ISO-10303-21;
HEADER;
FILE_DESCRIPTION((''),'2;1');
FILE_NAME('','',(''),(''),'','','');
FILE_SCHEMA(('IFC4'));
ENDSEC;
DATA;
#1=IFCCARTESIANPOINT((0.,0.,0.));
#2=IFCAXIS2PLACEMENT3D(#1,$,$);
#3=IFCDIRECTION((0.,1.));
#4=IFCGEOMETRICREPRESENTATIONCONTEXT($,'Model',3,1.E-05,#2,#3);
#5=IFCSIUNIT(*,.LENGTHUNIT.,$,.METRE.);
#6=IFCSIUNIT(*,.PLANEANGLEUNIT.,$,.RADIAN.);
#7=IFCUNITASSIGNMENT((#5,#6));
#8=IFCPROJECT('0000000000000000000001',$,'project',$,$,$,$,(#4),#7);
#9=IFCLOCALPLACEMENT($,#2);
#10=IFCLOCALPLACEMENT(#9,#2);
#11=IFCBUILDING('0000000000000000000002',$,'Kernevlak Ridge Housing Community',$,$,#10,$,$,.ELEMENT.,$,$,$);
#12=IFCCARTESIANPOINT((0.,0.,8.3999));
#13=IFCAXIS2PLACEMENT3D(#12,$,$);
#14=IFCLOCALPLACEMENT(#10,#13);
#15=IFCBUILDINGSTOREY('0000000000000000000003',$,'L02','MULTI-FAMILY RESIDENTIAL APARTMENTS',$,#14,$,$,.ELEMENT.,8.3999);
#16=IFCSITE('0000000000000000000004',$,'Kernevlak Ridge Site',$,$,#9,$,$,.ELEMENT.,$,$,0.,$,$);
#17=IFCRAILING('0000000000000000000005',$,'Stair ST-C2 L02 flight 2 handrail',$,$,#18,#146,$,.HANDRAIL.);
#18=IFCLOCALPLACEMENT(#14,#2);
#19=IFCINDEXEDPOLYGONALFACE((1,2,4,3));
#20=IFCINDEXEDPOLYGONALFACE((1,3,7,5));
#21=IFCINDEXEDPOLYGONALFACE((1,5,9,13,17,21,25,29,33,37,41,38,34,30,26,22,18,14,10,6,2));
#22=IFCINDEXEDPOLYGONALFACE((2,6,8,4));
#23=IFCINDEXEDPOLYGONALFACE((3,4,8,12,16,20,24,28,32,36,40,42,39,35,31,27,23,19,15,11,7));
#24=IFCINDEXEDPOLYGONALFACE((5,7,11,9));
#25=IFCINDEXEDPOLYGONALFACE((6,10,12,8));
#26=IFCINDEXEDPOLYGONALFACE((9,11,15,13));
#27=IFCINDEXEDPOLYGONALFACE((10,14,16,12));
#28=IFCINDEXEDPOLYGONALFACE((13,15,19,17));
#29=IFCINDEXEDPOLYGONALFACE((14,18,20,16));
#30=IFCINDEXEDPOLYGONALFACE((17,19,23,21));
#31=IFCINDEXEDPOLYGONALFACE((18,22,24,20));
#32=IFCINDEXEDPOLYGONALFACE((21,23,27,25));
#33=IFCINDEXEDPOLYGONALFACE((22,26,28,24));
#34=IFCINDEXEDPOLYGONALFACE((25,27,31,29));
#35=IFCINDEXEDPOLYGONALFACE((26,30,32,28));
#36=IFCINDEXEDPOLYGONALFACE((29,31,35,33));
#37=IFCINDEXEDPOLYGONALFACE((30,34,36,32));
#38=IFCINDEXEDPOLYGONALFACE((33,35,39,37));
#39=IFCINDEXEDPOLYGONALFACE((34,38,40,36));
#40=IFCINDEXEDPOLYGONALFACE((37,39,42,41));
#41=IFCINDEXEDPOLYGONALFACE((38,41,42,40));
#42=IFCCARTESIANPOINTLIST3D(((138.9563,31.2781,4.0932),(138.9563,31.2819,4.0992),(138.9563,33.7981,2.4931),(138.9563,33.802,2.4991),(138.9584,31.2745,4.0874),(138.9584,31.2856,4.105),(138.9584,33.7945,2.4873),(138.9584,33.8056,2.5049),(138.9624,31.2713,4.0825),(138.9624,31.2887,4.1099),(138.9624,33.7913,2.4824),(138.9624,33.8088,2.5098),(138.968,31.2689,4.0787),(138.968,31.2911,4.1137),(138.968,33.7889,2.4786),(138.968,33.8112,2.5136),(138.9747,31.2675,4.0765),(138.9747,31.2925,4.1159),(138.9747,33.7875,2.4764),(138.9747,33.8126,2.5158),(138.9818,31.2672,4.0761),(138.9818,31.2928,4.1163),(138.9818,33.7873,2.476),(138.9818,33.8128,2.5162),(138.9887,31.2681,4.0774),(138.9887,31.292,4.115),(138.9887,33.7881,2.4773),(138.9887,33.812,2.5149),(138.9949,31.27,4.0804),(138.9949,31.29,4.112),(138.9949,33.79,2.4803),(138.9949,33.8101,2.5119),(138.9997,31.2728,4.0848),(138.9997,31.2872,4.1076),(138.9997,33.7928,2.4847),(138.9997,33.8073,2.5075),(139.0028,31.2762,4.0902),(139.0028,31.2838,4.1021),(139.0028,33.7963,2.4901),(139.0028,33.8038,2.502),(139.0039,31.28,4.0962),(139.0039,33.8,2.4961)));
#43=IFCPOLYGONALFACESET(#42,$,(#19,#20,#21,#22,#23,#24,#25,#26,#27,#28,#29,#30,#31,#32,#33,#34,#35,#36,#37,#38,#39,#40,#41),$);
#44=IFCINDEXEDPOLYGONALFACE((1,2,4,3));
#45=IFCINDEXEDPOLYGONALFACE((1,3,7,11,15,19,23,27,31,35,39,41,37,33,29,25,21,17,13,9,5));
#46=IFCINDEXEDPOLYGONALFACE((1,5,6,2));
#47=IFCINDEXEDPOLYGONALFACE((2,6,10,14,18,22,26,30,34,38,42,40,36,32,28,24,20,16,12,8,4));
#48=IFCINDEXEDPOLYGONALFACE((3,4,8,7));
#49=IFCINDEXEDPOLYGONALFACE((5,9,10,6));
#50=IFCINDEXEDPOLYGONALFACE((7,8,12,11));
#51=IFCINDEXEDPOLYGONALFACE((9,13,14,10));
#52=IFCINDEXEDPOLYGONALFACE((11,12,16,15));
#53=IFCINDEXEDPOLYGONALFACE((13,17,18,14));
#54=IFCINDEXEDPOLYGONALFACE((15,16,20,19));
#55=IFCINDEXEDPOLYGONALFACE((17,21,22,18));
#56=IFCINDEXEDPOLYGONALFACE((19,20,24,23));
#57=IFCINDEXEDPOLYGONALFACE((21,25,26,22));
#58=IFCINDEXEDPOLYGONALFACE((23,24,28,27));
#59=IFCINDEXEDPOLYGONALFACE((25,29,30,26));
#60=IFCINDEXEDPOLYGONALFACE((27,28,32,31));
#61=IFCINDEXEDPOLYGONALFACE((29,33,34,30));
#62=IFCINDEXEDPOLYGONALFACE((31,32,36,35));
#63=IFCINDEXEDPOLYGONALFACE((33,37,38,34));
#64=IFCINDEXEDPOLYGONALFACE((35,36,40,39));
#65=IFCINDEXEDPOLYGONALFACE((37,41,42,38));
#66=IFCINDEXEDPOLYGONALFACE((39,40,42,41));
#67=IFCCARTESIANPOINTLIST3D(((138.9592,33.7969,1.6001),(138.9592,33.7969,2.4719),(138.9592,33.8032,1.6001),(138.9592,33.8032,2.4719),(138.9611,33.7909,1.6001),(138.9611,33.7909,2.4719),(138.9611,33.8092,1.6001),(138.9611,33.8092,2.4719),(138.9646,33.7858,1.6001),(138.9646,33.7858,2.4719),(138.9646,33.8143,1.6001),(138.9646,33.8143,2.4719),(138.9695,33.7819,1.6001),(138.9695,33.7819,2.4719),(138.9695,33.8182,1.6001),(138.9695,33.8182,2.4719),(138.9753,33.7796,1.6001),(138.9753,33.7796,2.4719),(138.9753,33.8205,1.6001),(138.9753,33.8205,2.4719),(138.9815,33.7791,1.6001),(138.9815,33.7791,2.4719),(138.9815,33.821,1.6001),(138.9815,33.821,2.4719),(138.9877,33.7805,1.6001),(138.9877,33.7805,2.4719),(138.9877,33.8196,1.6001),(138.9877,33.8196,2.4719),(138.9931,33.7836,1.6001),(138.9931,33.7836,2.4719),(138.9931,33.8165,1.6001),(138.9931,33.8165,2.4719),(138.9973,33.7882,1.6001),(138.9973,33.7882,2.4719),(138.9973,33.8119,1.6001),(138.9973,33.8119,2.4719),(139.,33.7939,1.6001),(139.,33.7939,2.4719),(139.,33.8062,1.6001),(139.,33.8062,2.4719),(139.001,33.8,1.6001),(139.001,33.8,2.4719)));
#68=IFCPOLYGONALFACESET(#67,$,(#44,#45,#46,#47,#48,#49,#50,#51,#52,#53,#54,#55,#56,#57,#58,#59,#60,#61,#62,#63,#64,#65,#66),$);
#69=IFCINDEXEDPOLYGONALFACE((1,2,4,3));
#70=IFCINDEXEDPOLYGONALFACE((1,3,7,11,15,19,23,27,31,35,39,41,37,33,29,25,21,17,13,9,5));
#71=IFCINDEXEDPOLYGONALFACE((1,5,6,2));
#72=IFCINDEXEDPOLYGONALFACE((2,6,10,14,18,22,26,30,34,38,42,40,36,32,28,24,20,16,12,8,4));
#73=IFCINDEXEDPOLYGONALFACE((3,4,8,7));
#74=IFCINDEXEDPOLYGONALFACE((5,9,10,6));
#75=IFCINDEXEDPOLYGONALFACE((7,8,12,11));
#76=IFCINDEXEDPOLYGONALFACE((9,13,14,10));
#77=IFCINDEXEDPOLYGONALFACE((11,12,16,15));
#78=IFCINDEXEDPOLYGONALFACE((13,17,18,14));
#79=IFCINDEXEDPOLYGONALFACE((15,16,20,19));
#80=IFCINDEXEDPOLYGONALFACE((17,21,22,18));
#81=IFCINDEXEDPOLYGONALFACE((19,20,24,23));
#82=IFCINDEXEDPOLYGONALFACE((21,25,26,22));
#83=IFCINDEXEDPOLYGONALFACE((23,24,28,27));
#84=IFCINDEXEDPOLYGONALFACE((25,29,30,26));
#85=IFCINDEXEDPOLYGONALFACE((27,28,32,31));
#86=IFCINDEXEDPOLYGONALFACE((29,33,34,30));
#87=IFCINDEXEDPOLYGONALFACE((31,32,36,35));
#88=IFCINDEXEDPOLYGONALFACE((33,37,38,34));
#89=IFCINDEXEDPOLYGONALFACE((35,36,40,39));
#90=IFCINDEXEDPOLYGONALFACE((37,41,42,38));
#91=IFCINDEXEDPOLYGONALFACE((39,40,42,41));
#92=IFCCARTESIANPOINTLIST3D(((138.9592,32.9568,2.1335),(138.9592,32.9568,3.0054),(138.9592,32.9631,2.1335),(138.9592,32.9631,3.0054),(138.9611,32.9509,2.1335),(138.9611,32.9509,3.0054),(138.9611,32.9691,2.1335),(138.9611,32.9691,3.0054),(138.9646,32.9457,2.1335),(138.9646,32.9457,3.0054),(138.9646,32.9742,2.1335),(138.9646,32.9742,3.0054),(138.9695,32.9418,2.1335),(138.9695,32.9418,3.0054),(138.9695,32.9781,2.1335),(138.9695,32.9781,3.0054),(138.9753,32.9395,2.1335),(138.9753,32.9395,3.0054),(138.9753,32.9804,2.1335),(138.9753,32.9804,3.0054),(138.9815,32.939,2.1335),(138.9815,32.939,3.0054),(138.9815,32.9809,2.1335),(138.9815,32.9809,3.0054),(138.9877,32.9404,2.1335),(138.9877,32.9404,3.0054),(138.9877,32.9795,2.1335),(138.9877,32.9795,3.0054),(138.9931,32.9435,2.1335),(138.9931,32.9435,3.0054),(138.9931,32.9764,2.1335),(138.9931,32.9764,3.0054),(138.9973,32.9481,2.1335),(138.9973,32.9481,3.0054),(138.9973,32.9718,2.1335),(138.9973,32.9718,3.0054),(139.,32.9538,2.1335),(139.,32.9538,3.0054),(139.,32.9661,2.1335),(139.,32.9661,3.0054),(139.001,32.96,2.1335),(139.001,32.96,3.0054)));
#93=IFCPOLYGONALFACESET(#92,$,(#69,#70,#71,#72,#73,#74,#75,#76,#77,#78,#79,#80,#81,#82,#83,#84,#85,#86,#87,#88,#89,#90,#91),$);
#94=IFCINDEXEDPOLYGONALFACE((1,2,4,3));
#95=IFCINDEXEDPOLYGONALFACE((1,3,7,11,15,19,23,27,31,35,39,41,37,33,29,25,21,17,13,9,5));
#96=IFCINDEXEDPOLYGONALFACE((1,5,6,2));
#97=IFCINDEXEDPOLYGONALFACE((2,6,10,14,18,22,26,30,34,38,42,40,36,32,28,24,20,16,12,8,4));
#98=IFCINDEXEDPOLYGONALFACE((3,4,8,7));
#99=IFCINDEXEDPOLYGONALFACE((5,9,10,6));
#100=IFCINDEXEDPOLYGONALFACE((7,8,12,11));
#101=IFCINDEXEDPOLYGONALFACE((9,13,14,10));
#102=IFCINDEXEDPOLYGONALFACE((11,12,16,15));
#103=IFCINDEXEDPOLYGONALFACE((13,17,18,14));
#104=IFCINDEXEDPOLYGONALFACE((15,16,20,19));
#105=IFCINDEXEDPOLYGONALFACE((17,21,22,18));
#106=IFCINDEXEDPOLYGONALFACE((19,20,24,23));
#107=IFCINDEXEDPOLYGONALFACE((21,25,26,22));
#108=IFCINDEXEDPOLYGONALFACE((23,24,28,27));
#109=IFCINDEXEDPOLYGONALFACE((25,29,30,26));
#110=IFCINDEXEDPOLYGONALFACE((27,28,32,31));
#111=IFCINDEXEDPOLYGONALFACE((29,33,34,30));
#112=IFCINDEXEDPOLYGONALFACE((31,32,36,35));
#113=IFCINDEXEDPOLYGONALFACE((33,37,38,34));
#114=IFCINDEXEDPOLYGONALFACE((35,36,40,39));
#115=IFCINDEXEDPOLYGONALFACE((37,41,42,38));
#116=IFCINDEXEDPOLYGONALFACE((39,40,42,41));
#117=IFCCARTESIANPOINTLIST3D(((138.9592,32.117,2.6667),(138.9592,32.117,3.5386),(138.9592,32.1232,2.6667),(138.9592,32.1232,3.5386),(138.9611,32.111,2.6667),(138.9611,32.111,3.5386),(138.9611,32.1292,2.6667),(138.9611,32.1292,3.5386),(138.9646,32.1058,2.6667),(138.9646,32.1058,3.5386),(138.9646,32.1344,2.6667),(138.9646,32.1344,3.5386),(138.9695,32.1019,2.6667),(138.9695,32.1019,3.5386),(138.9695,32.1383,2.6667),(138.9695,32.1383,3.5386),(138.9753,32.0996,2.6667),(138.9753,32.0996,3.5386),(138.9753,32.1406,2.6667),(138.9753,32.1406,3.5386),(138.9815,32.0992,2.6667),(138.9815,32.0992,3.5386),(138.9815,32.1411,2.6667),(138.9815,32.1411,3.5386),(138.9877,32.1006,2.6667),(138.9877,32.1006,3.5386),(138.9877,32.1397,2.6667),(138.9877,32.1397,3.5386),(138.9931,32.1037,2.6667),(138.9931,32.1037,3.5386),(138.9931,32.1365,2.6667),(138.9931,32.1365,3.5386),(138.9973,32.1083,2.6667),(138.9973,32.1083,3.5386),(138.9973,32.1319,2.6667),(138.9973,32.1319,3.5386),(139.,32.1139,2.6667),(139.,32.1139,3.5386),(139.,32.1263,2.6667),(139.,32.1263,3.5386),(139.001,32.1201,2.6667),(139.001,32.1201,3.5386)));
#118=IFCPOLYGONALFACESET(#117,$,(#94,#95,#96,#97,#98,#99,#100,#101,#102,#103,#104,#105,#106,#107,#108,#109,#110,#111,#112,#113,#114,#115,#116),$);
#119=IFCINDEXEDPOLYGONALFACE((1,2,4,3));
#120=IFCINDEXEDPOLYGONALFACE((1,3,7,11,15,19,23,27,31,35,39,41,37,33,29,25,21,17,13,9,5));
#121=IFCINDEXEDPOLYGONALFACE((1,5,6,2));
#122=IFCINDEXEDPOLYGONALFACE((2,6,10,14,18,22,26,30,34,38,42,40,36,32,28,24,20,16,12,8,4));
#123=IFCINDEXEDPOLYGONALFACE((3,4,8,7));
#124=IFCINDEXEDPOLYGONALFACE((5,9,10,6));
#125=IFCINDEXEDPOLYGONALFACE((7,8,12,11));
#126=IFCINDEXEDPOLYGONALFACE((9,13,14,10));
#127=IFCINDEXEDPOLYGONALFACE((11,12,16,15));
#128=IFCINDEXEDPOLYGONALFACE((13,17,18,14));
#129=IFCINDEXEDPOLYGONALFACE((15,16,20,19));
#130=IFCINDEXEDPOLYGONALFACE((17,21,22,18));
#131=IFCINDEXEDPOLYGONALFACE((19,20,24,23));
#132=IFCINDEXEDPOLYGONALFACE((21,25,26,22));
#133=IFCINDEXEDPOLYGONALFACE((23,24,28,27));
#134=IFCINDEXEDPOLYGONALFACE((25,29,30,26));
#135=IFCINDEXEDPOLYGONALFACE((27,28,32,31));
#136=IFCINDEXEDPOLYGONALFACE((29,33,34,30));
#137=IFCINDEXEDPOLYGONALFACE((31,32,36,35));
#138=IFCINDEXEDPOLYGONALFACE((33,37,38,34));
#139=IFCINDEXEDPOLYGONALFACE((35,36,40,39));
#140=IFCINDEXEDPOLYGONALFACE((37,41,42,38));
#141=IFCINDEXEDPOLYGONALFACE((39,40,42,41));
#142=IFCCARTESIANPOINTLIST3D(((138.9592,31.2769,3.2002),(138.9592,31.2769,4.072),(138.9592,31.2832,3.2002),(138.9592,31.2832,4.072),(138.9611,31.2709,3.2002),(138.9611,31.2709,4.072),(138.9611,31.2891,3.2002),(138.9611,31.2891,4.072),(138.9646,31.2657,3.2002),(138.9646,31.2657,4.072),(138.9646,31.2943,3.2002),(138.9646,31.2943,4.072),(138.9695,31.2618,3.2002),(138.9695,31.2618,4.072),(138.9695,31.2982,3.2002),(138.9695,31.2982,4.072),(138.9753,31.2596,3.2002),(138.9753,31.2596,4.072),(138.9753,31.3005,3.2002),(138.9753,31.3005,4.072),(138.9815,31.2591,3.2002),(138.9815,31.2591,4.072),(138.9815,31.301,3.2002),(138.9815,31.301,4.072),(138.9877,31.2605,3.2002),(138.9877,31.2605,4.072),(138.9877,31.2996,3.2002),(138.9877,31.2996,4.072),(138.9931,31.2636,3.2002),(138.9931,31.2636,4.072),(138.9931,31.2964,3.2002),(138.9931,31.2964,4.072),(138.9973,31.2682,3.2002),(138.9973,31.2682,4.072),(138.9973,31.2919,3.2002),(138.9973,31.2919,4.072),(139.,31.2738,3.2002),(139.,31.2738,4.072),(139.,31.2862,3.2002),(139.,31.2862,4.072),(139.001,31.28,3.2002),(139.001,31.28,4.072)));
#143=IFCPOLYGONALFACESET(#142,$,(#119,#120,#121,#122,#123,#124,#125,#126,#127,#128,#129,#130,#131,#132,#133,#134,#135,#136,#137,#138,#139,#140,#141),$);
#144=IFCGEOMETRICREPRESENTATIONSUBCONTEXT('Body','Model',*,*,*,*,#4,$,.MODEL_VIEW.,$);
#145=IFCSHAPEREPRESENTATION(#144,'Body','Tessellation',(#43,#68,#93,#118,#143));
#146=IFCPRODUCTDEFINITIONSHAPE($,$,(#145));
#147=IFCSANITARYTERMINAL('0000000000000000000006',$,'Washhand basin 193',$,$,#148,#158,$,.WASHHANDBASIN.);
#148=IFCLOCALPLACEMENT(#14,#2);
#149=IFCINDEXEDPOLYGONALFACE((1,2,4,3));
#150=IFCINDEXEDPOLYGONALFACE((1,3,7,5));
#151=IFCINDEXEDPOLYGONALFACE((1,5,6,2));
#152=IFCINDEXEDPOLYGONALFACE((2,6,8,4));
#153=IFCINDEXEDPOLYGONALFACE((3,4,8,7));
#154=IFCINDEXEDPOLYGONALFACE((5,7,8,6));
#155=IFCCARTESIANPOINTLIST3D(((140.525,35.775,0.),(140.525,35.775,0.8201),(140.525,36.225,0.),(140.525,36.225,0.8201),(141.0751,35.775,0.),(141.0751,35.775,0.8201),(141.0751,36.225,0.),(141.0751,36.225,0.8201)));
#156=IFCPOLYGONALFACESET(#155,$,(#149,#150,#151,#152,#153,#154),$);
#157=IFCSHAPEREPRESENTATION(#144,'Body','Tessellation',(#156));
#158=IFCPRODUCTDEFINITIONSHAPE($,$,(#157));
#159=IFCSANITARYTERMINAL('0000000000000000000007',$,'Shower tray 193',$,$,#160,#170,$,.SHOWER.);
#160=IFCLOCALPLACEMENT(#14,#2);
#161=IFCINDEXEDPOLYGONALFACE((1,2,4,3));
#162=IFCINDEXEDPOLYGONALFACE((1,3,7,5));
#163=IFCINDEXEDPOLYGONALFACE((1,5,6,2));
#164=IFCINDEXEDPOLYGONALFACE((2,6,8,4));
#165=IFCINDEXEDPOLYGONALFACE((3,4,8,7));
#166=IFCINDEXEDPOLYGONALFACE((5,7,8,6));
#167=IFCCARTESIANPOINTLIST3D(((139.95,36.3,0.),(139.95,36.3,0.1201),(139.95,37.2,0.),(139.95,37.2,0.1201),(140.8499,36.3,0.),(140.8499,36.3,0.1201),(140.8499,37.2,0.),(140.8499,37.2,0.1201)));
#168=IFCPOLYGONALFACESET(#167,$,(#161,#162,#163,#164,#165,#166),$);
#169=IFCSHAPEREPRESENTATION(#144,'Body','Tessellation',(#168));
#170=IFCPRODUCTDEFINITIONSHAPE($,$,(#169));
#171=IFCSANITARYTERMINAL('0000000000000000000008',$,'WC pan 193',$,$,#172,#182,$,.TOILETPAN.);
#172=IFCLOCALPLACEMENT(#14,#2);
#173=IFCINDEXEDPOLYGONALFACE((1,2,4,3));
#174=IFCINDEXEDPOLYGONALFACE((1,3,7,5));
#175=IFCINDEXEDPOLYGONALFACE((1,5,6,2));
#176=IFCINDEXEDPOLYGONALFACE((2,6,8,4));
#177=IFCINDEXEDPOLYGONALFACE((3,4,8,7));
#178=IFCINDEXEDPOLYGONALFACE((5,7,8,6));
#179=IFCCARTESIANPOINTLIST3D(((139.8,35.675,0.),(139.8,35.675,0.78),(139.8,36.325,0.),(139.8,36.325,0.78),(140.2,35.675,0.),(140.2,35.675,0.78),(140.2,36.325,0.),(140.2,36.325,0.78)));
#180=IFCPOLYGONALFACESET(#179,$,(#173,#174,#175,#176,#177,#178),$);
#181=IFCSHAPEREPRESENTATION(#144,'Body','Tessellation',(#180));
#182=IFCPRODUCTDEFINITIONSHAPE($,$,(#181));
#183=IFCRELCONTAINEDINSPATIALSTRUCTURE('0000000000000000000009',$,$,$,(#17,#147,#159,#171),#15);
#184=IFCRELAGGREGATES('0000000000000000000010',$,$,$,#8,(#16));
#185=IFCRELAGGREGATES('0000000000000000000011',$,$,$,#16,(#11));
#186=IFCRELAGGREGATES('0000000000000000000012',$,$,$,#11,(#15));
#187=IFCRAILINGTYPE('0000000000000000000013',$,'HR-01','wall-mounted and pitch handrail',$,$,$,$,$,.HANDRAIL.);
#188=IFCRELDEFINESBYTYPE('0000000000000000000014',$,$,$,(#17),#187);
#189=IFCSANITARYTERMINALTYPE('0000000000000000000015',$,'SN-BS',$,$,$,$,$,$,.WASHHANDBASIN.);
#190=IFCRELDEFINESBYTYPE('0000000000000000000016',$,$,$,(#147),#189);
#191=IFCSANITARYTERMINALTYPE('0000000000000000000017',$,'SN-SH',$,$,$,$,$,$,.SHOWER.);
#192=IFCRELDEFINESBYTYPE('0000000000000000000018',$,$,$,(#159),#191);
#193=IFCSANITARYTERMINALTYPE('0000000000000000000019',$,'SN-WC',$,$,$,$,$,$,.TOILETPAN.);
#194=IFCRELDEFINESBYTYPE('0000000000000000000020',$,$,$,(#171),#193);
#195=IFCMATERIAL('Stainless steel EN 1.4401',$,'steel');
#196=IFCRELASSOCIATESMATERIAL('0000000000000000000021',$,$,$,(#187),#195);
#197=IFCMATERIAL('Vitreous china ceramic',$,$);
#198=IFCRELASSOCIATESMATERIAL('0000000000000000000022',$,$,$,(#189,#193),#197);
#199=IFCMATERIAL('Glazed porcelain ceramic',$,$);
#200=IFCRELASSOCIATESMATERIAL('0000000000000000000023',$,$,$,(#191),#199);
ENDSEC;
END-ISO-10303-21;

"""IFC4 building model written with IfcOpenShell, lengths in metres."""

from ifc_helpers import new_model, si_unit, direction, frame, origin, origin_2d, place, context, subcontext, project, spatial, rectangle, circle, extrude, material, type_object, element, save


model = new_model("IFC4")

# Units and contexts
model_context = context("Model", 3, precision=1e-05, world=origin(), true_north=direction((0.0, 1.0)))
body_context = subcontext(model_context, "Body", "Model", "MODEL_VIEW")
ifc_project = project(units=[si_unit("LENGTHUNIT", "METRE"), si_unit("PLANEANGLEUNIT", "RADIAN")], contexts=[model_context])

# Site, building, storey
site_placement = place(None, origin())
site = spatial("IfcSite", under=ifc_project, at=site_placement, Name="Kernevlak Ridge Site", CompositionType="ELEMENT", RefElevation=0.0)
building_placement = place(site_placement, origin())
building = spatial("IfcBuilding", under=site, at=building_placement, Name="Kernevlak Ridge Housing Community", CompositionType="ELEMENT")
storey_placement = place(building_placement, frame((0.0, 0.0, 8.3999)))
storey = spatial("IfcBuildingStorey", under=building, at=storey_placement, Name="L02", Description="MULTI-FAMILY RESIDENTIAL APARTMENTS", CompositionType="ELEMENT", Elevation=8.3999)

# Railing
ifc_material_1 = material(Name="Stainless steel EN 1.4401", Category="steel")
railing_type_1 = type_object("IfcRailingType", Name="HR-01", Description="wall-mounted and pitch handrail", PredefinedType="HANDRAIL", material=ifc_material_1)
railing_1_placement = place(storey_placement, frame((138.98, 33.8, 1.6001)))
element("IfcRailing", 1, at=railing_1_placement, inside=storey, type_object=railing_type_1, Name="Stair ST-C2 L02 flight 2 handrail", PredefinedType="HANDRAIL", context=body_context, shape_type="SweptSolid", body=[
    extrude(circle(Radius=0.0239, at=origin_2d()), frame((0.0, 0.0, 0.896), z_axis=(0.0, -0.8442, 0.536028), x_axis=(1.0, 0.0, 0.0)), (0.0, 0.0, 1.0), 2.9851),
    extrude(circle(Radius=0.021, at=origin_2d()), origin(), (0.0, 0.0, 1.0), 0.8718),
    extrude(circle(Radius=0.021, at=origin_2d()), frame((0.0, -0.8401, 0.5334)), (0.0, 0.0, 1.0), 0.8718),
    extrude(circle(Radius=0.021, at=origin_2d()), frame((0.0, -1.6799, 1.0667)), (0.0, 0.0, 1.0), 0.8718),
    extrude(circle(Radius=0.021, at=origin_2d()), frame((0.0, -2.52, 1.6001)), (0.0, 0.0, 1.0), 0.8718),
])

# Sanitary terminals
ifc_material_2 = material(Name="Vitreous china ceramic")
sanitary_terminal_type_1 = type_object("IfcSanitaryTerminalType", Name="SN-BS", PredefinedType="WASHHANDBASIN", material=ifc_material_2)
sanitary_terminal_1_placement = place(storey_placement, frame((140.8, 36.0, 0.0), z_axis=(0.0, 0.0, 1.0), x_axis=(1.0, 0.0, 0.0)))
element("IfcSanitaryTerminal", 2, at=sanitary_terminal_1_placement, inside=storey, type_object=sanitary_terminal_type_1, Name="Washhand basin 193", PredefinedType="WASHHANDBASIN", context=body_context, shape_type="SweptSolid", body=[
    extrude(rectangle(XDim=0.55, YDim=0.45, at=origin_2d()), origin(), (0.0, 0.0, 1.0), 0.8201),
])
ifc_material_3 = material(Name="Glazed porcelain ceramic")
sanitary_terminal_type_2 = type_object("IfcSanitaryTerminalType", Name="SN-SH", PredefinedType="SHOWER", material=ifc_material_3)
sanitary_terminal_2_placement = place(storey_placement, frame((140.3999, 36.75, 0.0), z_axis=(0.0, 0.0, 1.0), x_axis=(1.0, 0.0, 0.0)))
element("IfcSanitaryTerminal", 3, at=sanitary_terminal_2_placement, inside=storey, type_object=sanitary_terminal_type_2, Name="Shower tray 193", PredefinedType="SHOWER", context=body_context, shape_type="SweptSolid", body=[
    extrude(rectangle(XDim=0.8999, YDim=0.8999, at=origin_2d()), origin(), (0.0, 0.0, 1.0), 0.1201),
])
sanitary_terminal_type_3 = type_object("IfcSanitaryTerminalType", Name="SN-WC", PredefinedType="TOILETPAN", material=ifc_material_2)
sanitary_terminal_3_placement = place(storey_placement, frame((140.0, 36.0, 0.0), z_axis=(0.0, 0.0, 1.0), x_axis=(1.0, 0.0, 0.0)))
element("IfcSanitaryTerminal", 4, at=sanitary_terminal_3_placement, inside=storey, type_object=sanitary_terminal_type_3, Name="WC pan 193", PredefinedType="TOILETPAN", context=body_context, shape_type="SweptSolid", body=[
    extrude(rectangle(XDim=0.3999, YDim=0.6499, at=origin_2d()), origin(), (0.0, 0.0, 1.0), 0.78),
])

save(model, "model.ifc")
